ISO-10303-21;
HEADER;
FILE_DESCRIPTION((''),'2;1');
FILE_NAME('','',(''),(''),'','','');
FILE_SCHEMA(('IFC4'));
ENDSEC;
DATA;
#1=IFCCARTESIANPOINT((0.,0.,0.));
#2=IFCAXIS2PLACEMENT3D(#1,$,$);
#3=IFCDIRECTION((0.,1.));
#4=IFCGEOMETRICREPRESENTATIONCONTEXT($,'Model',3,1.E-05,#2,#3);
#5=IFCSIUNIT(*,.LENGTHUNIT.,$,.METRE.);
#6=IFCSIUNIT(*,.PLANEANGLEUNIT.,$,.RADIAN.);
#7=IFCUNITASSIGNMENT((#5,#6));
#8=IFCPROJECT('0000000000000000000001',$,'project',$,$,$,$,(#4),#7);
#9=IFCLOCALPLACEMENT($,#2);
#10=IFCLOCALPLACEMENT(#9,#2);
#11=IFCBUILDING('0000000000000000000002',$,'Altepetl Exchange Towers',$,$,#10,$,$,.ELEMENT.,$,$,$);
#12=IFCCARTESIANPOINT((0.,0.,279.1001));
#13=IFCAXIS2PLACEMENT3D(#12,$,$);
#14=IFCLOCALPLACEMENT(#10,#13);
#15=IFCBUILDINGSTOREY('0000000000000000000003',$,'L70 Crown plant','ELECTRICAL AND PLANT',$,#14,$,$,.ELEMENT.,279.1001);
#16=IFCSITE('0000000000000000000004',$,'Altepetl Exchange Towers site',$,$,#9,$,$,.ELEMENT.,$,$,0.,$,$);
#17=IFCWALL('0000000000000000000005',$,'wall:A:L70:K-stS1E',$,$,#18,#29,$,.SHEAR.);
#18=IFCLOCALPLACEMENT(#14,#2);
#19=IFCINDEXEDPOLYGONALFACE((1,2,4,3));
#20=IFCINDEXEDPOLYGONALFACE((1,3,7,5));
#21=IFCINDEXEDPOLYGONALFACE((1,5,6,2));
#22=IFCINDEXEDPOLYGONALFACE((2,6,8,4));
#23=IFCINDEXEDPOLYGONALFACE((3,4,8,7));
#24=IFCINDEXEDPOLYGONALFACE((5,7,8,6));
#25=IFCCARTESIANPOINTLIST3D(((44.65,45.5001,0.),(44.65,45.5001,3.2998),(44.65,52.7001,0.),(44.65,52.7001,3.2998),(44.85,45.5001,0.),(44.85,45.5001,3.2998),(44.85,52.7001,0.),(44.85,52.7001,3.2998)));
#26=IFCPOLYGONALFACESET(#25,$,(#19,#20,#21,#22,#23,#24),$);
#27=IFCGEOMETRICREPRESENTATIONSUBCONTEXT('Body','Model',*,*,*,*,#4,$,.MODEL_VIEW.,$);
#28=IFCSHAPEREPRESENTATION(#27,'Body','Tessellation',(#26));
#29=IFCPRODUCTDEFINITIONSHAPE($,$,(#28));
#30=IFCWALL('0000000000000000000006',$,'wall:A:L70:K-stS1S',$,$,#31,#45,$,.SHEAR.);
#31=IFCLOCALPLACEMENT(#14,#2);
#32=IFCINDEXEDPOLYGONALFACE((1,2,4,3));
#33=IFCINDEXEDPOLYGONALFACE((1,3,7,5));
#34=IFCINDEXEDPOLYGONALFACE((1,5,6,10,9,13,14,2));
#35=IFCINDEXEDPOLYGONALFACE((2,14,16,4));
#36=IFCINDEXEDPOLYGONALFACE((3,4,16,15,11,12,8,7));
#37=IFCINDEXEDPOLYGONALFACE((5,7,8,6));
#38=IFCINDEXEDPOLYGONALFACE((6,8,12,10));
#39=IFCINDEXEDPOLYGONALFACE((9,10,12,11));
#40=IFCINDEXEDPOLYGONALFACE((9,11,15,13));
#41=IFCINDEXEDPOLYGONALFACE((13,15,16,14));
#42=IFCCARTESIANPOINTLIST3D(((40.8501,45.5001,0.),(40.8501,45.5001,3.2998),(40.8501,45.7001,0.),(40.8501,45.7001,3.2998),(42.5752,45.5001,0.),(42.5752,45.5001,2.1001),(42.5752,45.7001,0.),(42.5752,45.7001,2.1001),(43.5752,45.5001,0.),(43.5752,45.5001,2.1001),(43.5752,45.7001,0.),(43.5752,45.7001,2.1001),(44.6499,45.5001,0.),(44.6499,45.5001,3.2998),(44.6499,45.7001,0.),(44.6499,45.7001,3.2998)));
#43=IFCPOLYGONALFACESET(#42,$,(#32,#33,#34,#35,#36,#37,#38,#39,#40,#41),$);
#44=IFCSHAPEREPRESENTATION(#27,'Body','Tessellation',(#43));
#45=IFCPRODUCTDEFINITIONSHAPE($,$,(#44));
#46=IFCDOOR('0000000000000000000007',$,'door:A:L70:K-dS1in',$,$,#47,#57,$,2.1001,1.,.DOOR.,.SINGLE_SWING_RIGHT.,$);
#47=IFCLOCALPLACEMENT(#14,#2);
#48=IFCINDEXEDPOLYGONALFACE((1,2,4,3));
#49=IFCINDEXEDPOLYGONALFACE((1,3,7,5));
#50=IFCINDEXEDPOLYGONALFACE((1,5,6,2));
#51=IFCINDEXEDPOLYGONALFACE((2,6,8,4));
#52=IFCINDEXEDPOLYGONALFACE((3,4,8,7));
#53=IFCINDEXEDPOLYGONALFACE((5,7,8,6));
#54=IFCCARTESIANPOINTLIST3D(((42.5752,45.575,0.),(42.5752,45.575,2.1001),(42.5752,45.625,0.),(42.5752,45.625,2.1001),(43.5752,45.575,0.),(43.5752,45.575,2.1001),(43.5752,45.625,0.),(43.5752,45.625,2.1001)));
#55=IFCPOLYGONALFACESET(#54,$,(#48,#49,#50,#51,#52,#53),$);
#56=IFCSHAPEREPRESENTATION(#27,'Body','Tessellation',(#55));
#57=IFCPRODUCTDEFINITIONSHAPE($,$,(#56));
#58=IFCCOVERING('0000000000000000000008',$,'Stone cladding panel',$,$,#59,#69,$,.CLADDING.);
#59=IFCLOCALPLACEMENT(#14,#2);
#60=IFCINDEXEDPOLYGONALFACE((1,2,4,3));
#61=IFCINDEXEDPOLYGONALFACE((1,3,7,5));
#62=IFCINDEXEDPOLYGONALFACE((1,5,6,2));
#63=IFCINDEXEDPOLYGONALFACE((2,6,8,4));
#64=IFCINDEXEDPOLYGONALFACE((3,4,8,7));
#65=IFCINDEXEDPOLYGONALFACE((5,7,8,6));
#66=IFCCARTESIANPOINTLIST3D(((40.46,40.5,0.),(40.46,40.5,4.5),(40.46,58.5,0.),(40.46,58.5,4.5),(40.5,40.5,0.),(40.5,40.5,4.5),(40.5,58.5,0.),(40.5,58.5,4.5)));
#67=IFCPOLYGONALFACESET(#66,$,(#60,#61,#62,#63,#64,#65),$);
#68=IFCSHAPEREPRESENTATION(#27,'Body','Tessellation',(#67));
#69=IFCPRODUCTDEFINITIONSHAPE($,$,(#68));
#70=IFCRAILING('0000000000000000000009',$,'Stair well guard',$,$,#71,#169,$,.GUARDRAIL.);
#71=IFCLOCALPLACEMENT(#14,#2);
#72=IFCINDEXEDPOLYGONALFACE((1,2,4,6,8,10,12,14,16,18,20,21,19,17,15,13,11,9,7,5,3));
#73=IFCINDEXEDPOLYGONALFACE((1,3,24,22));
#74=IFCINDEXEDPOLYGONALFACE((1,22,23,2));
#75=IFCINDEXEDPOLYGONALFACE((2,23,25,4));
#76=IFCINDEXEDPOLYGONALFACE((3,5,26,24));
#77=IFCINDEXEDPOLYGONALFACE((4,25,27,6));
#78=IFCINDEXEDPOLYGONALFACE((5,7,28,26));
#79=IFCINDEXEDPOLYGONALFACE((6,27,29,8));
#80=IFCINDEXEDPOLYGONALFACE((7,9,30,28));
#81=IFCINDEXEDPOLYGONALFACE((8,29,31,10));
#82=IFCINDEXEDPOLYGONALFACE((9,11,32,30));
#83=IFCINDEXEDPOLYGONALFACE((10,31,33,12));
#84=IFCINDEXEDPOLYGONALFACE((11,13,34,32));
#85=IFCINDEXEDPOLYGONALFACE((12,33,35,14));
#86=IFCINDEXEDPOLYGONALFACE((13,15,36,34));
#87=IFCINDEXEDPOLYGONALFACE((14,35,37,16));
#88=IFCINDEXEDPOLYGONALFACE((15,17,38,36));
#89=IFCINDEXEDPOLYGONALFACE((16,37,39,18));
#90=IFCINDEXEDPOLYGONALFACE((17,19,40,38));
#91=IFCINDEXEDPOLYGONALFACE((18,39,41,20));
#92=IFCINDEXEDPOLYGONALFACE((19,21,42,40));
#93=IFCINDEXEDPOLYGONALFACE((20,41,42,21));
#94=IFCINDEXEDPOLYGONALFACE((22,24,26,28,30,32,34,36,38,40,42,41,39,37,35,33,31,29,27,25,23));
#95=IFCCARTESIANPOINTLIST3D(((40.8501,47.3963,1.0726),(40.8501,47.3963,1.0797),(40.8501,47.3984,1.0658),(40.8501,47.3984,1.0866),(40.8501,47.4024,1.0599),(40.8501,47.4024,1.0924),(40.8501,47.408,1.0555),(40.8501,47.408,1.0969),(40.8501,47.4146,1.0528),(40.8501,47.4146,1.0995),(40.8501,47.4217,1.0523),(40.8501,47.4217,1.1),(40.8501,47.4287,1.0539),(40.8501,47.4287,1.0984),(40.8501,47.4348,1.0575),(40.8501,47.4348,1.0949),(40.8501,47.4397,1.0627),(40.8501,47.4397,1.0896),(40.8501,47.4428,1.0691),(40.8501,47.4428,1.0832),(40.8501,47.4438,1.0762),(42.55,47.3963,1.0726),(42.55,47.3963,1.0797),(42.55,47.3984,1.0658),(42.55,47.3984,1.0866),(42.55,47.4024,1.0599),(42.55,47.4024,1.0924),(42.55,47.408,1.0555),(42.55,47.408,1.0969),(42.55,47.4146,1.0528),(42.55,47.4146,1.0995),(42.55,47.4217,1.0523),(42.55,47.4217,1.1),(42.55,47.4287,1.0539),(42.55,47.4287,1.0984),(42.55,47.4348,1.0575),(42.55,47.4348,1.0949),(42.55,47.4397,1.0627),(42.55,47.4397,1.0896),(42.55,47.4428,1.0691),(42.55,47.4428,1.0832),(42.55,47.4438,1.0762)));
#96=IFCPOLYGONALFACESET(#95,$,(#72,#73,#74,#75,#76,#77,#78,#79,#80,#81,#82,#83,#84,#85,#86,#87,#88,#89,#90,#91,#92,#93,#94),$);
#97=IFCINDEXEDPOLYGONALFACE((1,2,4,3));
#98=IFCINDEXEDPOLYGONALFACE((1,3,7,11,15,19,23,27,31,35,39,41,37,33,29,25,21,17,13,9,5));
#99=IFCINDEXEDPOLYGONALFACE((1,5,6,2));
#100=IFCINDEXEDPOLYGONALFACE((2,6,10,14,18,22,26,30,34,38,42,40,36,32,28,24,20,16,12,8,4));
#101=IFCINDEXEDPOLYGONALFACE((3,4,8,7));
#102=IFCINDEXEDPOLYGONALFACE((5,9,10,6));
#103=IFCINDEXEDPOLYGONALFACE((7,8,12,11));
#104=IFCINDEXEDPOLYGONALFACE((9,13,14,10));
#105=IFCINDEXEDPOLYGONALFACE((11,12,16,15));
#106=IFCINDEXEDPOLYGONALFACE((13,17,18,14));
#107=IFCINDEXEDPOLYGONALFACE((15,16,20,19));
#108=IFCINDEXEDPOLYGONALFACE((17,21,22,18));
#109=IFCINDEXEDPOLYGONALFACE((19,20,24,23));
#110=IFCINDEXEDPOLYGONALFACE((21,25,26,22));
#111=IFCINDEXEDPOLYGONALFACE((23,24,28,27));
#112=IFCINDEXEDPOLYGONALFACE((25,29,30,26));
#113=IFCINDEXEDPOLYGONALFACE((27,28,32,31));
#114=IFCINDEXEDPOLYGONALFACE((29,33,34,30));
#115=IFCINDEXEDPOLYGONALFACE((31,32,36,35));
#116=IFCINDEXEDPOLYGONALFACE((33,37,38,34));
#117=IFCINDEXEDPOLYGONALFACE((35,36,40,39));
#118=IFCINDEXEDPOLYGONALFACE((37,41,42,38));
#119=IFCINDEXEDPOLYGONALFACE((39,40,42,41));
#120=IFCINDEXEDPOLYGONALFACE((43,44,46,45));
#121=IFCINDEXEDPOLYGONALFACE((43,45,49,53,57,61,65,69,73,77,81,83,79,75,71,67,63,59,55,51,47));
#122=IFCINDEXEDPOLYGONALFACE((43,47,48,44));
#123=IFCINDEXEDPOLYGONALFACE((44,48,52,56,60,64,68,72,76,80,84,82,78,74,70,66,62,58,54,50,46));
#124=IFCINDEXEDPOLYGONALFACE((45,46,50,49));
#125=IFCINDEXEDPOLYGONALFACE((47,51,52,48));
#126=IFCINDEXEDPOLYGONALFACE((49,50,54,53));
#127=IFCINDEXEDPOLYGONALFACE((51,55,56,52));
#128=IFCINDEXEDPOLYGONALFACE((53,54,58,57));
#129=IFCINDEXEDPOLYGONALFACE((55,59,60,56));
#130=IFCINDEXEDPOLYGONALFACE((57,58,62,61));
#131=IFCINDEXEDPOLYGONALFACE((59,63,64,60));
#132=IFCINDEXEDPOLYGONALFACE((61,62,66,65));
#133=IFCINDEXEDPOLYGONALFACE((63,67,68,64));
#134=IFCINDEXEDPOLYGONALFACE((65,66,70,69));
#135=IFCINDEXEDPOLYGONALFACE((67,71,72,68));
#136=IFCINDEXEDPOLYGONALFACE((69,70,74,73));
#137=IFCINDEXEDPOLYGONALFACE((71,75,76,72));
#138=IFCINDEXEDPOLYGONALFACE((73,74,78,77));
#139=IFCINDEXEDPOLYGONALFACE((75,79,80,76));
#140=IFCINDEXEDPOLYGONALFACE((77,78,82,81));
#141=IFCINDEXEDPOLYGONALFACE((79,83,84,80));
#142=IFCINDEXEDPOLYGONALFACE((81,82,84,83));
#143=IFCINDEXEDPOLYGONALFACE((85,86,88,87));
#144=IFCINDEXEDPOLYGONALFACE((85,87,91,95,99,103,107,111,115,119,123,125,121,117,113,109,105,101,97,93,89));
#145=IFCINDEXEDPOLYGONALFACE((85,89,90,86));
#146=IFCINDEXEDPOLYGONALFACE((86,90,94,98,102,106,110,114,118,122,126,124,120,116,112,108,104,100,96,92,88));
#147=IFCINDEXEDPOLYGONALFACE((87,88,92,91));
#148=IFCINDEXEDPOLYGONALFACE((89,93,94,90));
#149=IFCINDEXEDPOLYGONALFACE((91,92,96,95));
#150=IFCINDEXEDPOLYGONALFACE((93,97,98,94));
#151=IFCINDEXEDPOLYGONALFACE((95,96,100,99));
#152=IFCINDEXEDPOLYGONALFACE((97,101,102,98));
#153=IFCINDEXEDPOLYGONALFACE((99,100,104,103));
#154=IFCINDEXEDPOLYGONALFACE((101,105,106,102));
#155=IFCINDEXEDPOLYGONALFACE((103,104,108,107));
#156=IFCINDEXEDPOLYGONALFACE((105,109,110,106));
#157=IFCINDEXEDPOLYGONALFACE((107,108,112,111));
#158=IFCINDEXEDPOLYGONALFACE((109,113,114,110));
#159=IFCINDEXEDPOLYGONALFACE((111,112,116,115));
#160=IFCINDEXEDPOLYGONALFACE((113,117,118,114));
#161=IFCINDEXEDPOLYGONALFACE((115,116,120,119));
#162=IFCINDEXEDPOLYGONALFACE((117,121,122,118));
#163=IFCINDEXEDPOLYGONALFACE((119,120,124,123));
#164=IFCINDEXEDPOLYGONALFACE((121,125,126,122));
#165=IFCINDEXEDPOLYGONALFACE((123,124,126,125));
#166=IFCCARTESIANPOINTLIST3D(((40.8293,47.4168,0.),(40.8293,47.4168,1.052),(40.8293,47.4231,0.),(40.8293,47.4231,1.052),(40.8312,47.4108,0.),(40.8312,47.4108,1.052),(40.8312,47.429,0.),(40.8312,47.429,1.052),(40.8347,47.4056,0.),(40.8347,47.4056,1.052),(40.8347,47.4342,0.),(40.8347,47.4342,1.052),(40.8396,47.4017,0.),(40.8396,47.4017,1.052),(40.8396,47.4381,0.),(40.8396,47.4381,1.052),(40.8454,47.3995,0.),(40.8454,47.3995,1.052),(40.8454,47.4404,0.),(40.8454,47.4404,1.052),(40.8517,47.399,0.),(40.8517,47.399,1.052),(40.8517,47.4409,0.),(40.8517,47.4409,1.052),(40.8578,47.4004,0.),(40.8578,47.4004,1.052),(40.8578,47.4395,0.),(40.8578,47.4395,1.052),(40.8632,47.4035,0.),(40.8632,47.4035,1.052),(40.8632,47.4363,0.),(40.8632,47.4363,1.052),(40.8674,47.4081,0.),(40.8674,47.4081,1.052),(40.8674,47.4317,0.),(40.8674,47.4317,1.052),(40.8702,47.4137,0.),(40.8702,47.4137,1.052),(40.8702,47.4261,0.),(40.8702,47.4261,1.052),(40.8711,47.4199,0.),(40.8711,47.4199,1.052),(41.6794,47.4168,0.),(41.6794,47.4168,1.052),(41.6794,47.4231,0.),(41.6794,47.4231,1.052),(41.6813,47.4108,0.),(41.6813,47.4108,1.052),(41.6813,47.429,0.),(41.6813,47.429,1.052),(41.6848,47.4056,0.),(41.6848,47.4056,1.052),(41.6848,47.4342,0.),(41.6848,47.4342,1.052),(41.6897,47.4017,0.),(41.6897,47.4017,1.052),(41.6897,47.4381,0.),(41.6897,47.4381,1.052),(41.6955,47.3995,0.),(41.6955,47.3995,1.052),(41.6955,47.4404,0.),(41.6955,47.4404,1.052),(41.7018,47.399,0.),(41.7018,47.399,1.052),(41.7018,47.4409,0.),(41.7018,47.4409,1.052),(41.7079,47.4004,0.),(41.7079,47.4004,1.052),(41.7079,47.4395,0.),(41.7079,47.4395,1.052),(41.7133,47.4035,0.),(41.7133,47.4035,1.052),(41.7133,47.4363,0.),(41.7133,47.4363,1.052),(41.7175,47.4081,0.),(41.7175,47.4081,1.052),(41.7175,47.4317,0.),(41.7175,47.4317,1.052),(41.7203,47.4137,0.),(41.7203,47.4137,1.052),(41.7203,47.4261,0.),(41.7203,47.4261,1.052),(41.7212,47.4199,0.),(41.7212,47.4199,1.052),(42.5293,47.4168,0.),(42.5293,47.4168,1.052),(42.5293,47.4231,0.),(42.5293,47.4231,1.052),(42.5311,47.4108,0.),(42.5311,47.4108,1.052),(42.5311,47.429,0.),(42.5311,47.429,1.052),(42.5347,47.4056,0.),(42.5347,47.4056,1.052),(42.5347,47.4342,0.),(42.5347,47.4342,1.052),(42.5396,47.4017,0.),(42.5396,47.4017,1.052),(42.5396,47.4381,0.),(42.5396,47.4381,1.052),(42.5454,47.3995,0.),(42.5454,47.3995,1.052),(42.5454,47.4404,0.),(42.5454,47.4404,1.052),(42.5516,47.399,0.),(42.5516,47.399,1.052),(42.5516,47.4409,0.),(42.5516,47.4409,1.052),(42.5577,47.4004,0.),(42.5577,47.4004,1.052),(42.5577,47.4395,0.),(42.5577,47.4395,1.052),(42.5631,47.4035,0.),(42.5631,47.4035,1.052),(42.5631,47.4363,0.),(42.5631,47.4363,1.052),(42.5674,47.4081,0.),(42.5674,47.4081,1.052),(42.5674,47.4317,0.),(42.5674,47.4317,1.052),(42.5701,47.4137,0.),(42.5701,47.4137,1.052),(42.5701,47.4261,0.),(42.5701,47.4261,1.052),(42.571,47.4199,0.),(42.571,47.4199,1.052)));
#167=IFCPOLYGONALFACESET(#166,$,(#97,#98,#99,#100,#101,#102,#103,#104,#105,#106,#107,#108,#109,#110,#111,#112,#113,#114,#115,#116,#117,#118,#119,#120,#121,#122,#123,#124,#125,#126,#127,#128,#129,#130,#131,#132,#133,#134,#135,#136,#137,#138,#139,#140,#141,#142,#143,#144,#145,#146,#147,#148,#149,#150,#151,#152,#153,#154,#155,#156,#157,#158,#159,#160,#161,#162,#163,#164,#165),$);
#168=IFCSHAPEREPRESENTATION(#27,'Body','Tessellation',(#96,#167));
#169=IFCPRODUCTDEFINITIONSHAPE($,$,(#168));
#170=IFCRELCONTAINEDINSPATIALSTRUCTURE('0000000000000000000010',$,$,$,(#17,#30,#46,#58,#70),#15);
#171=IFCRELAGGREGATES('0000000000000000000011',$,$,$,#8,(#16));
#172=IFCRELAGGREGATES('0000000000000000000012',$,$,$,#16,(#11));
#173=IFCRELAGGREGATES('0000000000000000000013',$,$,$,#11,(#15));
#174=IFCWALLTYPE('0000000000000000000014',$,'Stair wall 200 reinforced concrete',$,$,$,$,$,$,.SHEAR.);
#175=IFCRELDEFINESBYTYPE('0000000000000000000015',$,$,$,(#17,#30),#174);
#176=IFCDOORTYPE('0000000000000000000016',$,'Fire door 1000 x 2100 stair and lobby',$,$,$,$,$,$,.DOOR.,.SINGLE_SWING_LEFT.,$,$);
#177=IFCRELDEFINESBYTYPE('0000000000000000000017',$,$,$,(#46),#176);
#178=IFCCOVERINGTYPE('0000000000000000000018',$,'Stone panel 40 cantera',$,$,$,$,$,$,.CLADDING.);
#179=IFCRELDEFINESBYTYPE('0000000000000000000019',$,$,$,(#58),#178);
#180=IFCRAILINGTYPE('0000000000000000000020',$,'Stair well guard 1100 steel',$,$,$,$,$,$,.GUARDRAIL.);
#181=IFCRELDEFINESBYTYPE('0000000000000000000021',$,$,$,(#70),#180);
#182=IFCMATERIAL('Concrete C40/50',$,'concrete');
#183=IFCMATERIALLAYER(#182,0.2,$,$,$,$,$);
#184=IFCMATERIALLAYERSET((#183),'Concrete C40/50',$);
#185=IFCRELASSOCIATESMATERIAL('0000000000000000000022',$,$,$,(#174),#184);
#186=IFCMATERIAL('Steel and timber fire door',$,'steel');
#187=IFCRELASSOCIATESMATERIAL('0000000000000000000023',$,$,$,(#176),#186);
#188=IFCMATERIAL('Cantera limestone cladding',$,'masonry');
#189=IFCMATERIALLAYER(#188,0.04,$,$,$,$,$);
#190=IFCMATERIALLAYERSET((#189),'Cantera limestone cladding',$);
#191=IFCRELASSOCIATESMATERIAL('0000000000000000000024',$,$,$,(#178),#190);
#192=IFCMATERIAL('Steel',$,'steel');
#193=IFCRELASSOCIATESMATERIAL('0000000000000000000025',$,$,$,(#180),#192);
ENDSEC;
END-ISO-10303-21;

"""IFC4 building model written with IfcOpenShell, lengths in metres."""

from ifc_helpers import new_model, si_unit, direction, frame, frame_2d, origin, origin_2d, place, context, subcontext, project, spatial, rectangle, circle, extrude, source, transform, mapped, material, layer, layer_set, type_object, element, fill, save


model = new_model("IFC4")

# Units and contexts
model_context = context("Model", 3, precision=1e-05, world=origin(), true_north=direction((0.0, 1.0)))
body_context = subcontext(model_context, "Body", "Model", "MODEL_VIEW")
ifc_project = project(units=[si_unit("LENGTHUNIT", "METRE"), si_unit("PLANEANGLEUNIT", "RADIAN")], contexts=[model_context])

# Site, building, storey
site_placement = place(None, origin())
site = spatial("IfcSite", under=ifc_project, at=site_placement, Name="Altepetl Exchange Towers site", CompositionType="ELEMENT", RefElevation=0.0)
building_placement = place(site_placement, origin())
building = spatial("IfcBuilding", under=site, at=building_placement, Name="Altepetl Exchange Towers", CompositionType="ELEMENT")
storey_placement = place(building_placement, frame((0.0, 0.0, 279.1001)))
storey = spatial("IfcBuildingStorey", under=building, at=storey_placement, Name="L70 Crown plant", Description="ELECTRICAL AND PLANT", CompositionType="ELEMENT", Elevation=279.1001)

# Shared definitions
ifc_material_1 = material(Name="Steel and timber fire door", Category="steel")

# Wall
ifc_material_2 = material(Name="Concrete C40/50", Category="concrete")
ifc_layer_1 = layer(ifc_material_2, 0.2)
ifc_layer_set_1 = layer_set([ifc_layer_1], Name="Concrete C40/50")
wall_type_1 = type_object("IfcWallType", Name="Stair wall 200 reinforced concrete", PredefinedType="SHEAR", material=ifc_layer_set_1)
wall_1_placement = place(storey_placement, frame((44.75, 45.5, 0.0), z_axis=(0.0, 0.0, 1.0), x_axis=(0.0, 1.0, 0.0)))
element("IfcWall", 1, at=wall_1_placement, inside=storey, type_object=wall_type_1, Name="wall:A:L70:K-stS1E", PredefinedType="SHEAR", context=body_context, shape_type="SweptSolid", body=[
    extrude(rectangle(XDim=7.2, YDim=0.2, at=frame_2d((3.6001, 0.0))), origin(), (0.0, 0.0, 1.0), 3.2998),
])

# Wall, opening, door
wall_2_placement = place(storey_placement, frame((40.8501, 45.6001, 0.0)))
wall_2 = element("IfcWall", 2, at=wall_2_placement, inside=storey, type_object=wall_type_1, Name="wall:A:L70:K-stS1S", PredefinedType="SHEAR", context=body_context, shape_type="SweptSolid", body=[
    extrude(rectangle(XDim=3.7998, YDim=0.2, at=frame_2d((1.8999, 0.0))), origin(), (0.0, 0.0, 1.0), 3.2998),
])
opening_1_placement = place(wall_2_placement, frame((1.7251, 0.0, 0.0)))
opening_1 = element("IfcOpeningElement", 3, at=opening_1_placement, cuts=wall_2, PredefinedType="OPENING", context=body_context, shape_type="SweptSolid", body=[
    extrude(rectangle(XDim=1.0, YDim=2.1001, at=frame_2d((0.5, 1.05))), frame((0.0, 0.1099, 0.0), z_axis=(0.0, -1.0, 0.0), x_axis=(1.0, 0.0, 0.0)), (0.0, 0.0, 1.0), 0.22),
])
door_type_1 = type_object("IfcDoorType", Name="Fire door 1000 x 2100 stair and lobby", OperationType="SINGLE_SWING_LEFT", PredefinedType="DOOR", material=ifc_material_1)
door_1_placement = place(opening_1_placement, origin())
door_1 = element("IfcDoor", 4, at=door_1_placement, inside=storey, type_object=door_type_1, Name="door:A:L70:K-dS1in", OperationType="SINGLE_SWING_RIGHT", OverallHeight=2.1001, OverallWidth=1.0, PredefinedType="DOOR", context=body_context, shape_type="SweptSolid", body=[
    extrude(rectangle(XDim=1.0, YDim=2.1001, at=frame_2d((0.5, 1.05))), frame((0.0, 0.0249, 0.0), z_axis=(0.0, -1.0, 0.0), x_axis=(1.0, 0.0, 0.0)), (0.0, 0.0, 1.0), 0.05),
])
fill(opening_1, door_1)

# Covering
ifc_material_3 = material(Name="Cantera limestone cladding", Category="masonry")
ifc_layer_2 = layer(ifc_material_3, 0.04)
ifc_layer_set_2 = layer_set([ifc_layer_2], Name="Cantera limestone cladding")
covering_type = type_object("IfcCoveringType", Name="Stone panel 40 cantera", PredefinedType="CLADDING", material=ifc_layer_set_2)
covering_placement = place(storey_placement, frame((40.48, 49.5, 0.0), z_axis=(0.0, 0.0, 1.0), x_axis=(0.0, -1.0, 0.0)))
element("IfcCovering", 5, at=covering_placement, inside=storey, type_object=covering_type, Name="Stone cladding panel", PredefinedType="CLADDING", context=body_context, shape_type="SweptSolid", body=[
    extrude(rectangle(XDim=18.0, YDim=0.04, at=origin_2d()), origin(), (0.0, 0.0, 1.0), 4.5),
])

# Railing
ifc_material_4 = material(Name="Steel", Category="steel")
railing_type = type_object("IfcRailingType", Name="Stair well guard 1100 steel", PredefinedType="GUARDRAIL", material=ifc_material_4)
shared_shape = source(origin(), body_context, "Body", "SweptSolid", [
    extrude(circle(Radius=0.021, at=origin_2d()), origin(), (0.0, 0.0, 1.0), 1.052),
])
railing_placement = place(storey_placement, frame((40.8501, 47.4199, 0.0)))
element("IfcRailing", 6, at=railing_placement, inside=storey, type_object=railing_type, Name="Stair well guard", PredefinedType="GUARDRAIL", context=body_context, shape_type="SweptSolid", body=[
    extrude(circle(Radius=0.0239, at=origin_2d()), frame((0.0, 0.0, 1.0762), z_axis=(1.0, 0.0, 0.0), x_axis=(0.0, 1.0, 0.0)), (0.0, 0.0, 1.0), 1.7),
    mapped(shared_shape, transform((0.0, 0.0, 0.0))),
    mapped(shared_shape, transform((0.8501, 0.0, 0.0))),
    mapped(shared_shape, transform((1.7, 0.0, 0.0))),
])

save(model, "model.ifc")
